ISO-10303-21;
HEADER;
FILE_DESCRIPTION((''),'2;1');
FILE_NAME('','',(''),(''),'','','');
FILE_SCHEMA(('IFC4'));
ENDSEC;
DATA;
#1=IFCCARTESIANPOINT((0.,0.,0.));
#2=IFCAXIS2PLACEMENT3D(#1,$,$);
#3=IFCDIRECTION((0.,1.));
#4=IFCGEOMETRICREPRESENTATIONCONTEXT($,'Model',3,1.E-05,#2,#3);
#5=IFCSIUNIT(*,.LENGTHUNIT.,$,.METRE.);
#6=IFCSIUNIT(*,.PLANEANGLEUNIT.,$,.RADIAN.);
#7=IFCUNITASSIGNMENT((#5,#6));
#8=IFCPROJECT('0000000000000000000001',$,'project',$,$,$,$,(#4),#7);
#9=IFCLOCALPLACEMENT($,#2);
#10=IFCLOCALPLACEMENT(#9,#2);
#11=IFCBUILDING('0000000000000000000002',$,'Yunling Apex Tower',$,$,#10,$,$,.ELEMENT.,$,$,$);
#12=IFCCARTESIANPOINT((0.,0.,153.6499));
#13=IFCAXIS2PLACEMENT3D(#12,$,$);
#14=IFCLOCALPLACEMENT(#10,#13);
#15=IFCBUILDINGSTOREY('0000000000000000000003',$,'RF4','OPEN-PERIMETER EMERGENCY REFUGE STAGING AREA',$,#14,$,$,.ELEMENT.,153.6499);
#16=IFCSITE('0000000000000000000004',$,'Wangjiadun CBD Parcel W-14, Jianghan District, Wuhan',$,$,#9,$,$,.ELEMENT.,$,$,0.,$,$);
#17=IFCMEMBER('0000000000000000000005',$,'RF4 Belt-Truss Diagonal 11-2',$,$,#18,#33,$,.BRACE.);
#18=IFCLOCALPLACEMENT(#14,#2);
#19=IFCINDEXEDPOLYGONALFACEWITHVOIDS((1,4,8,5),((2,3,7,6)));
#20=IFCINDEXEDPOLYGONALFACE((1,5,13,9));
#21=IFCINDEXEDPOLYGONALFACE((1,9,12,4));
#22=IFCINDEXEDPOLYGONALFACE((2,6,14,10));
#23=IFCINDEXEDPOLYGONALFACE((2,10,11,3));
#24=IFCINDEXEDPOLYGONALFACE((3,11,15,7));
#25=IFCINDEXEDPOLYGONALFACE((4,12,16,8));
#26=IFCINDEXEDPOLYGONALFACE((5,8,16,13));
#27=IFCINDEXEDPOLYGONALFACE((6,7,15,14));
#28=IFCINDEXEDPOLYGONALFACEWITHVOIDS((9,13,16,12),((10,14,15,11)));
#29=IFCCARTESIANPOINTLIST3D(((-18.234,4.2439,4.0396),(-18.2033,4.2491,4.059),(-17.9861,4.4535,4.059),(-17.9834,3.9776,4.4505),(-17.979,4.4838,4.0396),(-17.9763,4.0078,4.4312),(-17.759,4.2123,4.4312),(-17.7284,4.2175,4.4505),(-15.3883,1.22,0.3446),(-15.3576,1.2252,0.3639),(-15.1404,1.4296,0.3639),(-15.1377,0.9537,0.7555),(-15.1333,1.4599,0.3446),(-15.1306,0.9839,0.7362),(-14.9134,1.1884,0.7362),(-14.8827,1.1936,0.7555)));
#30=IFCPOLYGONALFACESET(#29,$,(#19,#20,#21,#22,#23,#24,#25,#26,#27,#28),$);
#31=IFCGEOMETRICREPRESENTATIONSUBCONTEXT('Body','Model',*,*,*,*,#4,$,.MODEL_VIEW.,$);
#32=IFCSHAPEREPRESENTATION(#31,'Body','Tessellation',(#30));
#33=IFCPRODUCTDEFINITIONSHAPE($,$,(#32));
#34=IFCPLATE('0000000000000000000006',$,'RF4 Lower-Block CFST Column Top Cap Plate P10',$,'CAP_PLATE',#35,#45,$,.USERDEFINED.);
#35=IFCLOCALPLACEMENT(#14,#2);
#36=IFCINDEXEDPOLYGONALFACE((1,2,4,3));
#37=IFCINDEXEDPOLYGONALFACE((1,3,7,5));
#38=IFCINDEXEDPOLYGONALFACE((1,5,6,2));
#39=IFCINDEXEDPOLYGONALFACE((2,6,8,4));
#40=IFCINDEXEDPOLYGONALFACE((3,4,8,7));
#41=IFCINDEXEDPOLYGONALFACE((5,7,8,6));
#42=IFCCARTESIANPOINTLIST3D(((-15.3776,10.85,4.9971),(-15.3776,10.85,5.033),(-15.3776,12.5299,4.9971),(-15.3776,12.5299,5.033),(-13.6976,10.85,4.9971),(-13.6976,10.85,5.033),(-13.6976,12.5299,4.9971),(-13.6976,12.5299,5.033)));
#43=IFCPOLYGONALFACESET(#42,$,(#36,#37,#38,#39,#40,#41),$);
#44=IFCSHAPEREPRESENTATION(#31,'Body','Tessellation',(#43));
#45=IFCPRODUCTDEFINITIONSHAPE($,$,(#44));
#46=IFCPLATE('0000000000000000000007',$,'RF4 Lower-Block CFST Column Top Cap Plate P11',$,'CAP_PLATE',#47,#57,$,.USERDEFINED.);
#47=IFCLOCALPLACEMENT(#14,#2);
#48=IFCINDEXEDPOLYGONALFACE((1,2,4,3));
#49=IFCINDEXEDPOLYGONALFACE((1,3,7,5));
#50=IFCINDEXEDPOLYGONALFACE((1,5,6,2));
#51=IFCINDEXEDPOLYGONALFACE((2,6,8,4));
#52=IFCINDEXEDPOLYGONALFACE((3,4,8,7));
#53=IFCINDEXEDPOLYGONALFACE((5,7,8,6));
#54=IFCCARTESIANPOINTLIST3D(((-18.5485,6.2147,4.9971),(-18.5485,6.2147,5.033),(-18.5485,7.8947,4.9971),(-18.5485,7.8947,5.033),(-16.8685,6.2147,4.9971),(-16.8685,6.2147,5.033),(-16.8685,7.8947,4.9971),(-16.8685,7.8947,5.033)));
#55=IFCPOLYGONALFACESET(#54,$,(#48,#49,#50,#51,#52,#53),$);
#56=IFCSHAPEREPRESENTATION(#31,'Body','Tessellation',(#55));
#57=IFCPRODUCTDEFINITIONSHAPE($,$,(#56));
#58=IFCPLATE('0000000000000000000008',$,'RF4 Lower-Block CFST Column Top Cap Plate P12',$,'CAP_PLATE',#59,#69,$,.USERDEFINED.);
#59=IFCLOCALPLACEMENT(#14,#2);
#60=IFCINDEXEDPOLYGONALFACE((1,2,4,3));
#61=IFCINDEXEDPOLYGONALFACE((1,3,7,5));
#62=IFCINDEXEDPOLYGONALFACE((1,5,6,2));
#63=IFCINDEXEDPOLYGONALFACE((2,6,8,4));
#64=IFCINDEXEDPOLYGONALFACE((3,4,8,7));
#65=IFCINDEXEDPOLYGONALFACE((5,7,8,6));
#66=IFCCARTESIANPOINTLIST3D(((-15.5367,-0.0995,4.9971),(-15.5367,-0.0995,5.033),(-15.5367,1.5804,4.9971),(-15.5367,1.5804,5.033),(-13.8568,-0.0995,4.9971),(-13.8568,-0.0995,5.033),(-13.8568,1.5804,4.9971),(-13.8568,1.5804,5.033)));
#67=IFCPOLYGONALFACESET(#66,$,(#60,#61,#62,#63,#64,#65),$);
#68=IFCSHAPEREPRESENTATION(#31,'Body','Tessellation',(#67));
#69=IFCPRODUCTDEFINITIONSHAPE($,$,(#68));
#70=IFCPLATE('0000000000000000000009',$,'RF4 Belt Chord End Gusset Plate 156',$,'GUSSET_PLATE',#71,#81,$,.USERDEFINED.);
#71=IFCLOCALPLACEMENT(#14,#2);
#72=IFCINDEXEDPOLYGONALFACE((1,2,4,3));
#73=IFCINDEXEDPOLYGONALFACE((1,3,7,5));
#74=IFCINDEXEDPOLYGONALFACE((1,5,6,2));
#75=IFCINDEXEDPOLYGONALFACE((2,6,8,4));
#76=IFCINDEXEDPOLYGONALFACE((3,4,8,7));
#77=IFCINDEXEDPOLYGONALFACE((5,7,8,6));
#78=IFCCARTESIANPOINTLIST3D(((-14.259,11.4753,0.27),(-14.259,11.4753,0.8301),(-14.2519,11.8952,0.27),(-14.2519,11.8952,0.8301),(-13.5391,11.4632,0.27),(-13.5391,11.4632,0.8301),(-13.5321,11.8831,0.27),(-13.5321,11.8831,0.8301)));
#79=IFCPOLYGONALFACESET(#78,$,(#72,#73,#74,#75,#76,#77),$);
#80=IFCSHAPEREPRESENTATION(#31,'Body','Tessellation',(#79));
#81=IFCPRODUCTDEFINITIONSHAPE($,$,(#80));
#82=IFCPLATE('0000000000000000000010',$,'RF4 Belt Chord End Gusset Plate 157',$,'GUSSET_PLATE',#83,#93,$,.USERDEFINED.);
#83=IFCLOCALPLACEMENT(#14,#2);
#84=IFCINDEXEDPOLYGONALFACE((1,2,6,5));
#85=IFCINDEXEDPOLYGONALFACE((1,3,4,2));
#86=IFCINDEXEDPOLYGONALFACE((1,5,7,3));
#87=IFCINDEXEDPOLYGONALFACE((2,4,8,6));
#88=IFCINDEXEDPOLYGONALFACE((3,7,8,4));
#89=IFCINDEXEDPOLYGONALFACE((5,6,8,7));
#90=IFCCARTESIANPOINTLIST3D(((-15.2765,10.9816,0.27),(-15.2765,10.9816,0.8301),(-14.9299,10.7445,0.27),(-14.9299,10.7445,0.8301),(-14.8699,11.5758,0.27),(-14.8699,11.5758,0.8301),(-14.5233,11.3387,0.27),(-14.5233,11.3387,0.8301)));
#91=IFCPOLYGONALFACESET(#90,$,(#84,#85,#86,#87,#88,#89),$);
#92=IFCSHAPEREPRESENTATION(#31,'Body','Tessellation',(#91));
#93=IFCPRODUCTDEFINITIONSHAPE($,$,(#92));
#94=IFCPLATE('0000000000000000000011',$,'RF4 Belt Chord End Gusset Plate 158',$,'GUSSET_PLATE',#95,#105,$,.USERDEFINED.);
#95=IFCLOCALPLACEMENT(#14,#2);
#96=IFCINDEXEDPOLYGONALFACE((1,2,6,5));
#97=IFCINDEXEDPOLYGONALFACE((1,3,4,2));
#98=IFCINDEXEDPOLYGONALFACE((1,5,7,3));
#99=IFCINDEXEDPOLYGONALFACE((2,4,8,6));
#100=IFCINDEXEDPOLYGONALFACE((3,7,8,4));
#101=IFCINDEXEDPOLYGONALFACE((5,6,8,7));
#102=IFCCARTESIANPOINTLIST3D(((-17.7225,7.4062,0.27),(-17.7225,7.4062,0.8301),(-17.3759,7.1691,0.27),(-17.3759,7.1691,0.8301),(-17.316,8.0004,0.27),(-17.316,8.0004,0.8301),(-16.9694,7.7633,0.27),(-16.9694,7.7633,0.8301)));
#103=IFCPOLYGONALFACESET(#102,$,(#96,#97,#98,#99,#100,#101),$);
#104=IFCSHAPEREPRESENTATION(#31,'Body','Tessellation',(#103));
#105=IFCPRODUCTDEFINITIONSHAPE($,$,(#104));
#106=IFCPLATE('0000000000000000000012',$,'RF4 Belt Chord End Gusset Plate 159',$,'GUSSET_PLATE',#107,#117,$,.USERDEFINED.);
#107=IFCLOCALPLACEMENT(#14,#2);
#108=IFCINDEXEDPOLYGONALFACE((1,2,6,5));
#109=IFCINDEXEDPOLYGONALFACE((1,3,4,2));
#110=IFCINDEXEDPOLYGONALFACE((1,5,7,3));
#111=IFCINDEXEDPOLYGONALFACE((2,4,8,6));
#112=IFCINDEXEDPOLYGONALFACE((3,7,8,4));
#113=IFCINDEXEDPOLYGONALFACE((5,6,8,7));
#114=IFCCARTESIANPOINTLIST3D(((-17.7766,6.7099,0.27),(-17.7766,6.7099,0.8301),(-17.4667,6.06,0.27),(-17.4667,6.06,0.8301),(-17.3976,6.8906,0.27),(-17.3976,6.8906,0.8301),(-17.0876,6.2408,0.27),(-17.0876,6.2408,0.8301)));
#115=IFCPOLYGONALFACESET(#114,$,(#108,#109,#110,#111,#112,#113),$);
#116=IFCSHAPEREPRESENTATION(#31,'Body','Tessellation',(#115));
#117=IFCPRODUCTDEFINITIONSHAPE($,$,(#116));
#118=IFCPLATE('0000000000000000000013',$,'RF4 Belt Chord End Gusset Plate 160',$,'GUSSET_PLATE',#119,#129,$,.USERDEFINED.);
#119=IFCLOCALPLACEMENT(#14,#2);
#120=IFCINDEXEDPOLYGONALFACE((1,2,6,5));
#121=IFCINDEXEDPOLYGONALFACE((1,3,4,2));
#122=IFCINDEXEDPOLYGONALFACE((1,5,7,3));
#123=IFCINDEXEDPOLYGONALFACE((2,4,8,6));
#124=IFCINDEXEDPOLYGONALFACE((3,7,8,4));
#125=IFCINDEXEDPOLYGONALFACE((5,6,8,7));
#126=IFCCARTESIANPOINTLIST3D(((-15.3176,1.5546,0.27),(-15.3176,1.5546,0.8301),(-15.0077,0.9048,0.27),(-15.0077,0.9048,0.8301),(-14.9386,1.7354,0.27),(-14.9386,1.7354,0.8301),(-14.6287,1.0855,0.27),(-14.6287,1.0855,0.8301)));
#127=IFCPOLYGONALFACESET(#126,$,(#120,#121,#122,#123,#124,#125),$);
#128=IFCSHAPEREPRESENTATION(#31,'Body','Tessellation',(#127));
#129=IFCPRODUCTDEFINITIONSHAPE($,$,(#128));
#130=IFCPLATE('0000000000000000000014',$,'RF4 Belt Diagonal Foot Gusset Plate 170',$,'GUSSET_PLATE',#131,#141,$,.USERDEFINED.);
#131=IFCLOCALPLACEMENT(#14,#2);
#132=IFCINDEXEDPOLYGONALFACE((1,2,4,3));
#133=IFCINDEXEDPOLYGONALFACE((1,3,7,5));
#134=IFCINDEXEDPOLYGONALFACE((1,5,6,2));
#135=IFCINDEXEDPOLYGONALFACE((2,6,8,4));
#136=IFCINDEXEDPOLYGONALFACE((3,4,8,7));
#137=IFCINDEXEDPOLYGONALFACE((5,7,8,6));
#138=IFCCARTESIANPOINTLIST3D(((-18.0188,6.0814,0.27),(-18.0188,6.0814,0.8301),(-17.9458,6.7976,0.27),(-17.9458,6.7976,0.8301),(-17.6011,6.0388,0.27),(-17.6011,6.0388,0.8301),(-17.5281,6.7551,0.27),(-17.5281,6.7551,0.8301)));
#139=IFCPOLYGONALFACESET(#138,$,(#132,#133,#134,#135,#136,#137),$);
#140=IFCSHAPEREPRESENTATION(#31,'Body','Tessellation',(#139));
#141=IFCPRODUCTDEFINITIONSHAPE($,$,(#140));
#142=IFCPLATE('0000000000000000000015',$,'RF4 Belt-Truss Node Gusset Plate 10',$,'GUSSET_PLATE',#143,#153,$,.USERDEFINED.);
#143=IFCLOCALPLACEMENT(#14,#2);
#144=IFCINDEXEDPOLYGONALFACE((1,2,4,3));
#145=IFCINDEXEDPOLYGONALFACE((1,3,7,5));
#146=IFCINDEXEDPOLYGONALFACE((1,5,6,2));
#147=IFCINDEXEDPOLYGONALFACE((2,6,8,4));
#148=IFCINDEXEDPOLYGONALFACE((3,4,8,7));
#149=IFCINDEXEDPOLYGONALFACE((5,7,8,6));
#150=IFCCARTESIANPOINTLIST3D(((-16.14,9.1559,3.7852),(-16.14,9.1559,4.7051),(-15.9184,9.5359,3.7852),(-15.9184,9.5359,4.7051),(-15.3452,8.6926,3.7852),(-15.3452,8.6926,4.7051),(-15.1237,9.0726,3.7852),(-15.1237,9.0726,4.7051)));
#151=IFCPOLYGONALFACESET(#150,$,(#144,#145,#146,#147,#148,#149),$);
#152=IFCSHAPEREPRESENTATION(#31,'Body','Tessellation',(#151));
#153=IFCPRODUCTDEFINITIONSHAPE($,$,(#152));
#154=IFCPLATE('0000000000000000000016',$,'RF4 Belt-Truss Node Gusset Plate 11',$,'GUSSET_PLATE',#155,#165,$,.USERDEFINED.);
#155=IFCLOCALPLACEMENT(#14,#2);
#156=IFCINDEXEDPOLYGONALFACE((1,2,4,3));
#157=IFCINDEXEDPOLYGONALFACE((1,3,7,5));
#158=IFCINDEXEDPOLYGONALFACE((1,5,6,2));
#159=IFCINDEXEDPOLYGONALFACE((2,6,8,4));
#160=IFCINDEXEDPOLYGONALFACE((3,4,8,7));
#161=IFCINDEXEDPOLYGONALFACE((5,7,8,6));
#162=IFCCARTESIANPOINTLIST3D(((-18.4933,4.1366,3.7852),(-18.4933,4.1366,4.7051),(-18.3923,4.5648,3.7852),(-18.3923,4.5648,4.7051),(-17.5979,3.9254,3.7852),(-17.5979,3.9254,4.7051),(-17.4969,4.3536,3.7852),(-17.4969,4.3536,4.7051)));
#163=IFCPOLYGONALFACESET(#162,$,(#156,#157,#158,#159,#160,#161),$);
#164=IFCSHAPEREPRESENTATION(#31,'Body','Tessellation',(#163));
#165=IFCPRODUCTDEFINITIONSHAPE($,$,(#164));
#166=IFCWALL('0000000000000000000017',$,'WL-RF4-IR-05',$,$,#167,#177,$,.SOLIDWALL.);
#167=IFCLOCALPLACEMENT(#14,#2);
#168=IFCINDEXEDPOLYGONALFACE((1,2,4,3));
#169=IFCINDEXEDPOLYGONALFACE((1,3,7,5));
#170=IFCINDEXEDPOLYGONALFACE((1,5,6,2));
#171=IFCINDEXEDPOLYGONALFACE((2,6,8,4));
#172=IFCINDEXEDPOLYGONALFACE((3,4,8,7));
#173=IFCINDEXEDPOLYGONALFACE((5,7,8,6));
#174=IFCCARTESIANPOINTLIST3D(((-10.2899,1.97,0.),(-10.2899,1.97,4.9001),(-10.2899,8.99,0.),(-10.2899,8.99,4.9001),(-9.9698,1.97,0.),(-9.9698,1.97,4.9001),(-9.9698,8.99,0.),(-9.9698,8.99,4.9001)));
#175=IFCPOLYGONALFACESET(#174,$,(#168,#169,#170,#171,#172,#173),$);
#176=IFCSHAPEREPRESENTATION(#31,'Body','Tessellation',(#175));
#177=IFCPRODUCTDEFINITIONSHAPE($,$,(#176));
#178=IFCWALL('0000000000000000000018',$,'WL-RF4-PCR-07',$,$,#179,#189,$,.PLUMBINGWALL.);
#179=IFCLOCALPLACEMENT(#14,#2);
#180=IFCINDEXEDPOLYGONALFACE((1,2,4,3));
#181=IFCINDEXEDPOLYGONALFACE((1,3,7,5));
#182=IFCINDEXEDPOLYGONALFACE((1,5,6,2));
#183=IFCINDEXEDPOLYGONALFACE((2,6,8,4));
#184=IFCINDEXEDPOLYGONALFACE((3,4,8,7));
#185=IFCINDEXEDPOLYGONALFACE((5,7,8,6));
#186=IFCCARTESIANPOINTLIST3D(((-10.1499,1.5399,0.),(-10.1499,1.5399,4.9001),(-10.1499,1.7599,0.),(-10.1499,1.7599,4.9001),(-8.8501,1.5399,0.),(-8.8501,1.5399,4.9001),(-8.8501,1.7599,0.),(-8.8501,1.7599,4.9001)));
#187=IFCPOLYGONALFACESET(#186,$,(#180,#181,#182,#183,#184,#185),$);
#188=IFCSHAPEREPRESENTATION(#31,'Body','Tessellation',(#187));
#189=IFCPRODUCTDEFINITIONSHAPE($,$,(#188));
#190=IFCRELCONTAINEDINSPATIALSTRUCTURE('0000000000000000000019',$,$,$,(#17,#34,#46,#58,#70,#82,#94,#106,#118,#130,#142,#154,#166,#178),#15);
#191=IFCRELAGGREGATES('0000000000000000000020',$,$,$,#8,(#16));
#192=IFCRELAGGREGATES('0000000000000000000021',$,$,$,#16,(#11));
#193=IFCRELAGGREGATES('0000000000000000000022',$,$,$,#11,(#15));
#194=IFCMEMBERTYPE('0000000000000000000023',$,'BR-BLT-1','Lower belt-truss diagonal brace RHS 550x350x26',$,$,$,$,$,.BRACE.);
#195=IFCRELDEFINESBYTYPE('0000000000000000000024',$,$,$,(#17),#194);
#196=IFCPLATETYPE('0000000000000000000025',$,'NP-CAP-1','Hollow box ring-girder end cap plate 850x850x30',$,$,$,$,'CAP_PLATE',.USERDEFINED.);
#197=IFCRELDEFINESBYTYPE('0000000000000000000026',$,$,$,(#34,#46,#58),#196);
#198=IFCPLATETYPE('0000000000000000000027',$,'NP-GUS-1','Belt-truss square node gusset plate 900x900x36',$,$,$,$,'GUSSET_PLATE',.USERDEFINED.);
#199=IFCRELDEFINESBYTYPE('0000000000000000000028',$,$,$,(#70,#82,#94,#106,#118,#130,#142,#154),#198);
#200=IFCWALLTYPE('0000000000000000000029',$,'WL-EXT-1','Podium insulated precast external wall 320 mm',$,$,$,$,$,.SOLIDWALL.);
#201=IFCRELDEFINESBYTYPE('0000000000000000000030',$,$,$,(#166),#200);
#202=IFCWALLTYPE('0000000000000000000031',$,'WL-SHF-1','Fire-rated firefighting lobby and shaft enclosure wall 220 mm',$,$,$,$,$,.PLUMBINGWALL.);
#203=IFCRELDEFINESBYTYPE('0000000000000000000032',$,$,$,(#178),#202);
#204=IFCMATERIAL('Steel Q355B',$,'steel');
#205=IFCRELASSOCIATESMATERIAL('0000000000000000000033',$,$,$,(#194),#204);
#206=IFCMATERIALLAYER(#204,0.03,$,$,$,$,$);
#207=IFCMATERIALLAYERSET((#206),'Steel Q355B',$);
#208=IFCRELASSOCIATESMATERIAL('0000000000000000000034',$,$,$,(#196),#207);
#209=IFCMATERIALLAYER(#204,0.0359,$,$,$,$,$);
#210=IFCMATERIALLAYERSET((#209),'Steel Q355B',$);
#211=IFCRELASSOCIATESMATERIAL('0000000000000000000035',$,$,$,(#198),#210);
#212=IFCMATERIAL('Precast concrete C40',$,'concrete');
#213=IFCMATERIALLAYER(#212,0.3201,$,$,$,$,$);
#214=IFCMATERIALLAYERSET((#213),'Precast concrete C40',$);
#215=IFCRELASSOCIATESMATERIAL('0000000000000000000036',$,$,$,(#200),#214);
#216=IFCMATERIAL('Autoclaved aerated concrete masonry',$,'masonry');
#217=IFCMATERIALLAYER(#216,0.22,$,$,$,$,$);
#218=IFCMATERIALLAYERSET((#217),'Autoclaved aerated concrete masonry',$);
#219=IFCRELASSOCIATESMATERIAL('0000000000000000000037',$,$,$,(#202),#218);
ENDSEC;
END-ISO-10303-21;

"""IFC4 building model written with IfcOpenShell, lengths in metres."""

from ifc_helpers import new_model, si_unit, direction, frame, frame_2d, origin, origin_2d, place, context, subcontext, project, spatial, rectangle, hollow_rectangle, extrude, source, transform, mapped, material, layer, layer_set, material_profile, profile_set, type_object, element, save


model = new_model("IFC4")

# Units and contexts
model_context = context("Model", 3, precision=1e-05, world=origin(), true_north=direction((0.0, 1.0)))
body_context = subcontext(model_context, "Body", "Model", "MODEL_VIEW")
ifc_project = project(units=[si_unit("LENGTHUNIT", "METRE"), si_unit("PLANEANGLEUNIT", "RADIAN")], contexts=[model_context])

# Site, building, storey
site_placement = place(None, origin())
site = spatial("IfcSite", under=ifc_project, at=site_placement, Name="Wangjiadun CBD Parcel W-14, Jianghan District, Wuhan", CompositionType="ELEMENT", RefElevation=0.0)
building_placement = place(site_placement, origin())
building = spatial("IfcBuilding", under=site, at=building_placement, Name="Yunling Apex Tower", CompositionType="ELEMENT")
storey_placement = place(building_placement, frame((0.0, 0.0, 153.6499)))
storey = spatial("IfcBuildingStorey", under=building, at=storey_placement, Name="RF4", Description="OPEN-PERIMETER EMERGENCY REFUGE STAGING AREA", CompositionType="ELEMENT", Elevation=153.6499)

# Shared definitions
ifc_material_1 = material(Name="Steel Q355B", Category="steel")
ifc_material_profile_1 = material_profile(ifc_material_1, hollow_rectangle(XDim=0.3501, YDim=0.55, WallThickness=0.0259, at=origin_2d()))
ifc_profile_set_1 = profile_set([ifc_material_profile_1], Name="Steel Q355B")
member_type_1 = type_object("IfcMemberType", Name="BR-BLT-1", Description="Lower belt-truss diagonal brace RHS 550x350x26", PredefinedType="BRACE", material=ifc_profile_set_1)

# Member
shared_shape_1 = source(origin(), body_context, "Body", "SweptSolid", [
    extrude(hollow_rectangle(XDim=0.3501, YDim=0.55, WallThickness=0.0259, at=origin_2d()), origin(), (0.0, 0.0, 1.0), 5.5583),
])
member_1_placement = place(storey_placement, frame((-15.1355, 1.2068, 0.55), z_axis=(-0.511965, 0.544029, 0.664773), x_axis=(-0.728241, -0.685321, 0.0)))
element("IfcMember", 1, at=member_1_placement, inside=storey, type_object=member_type_1, Name="RF4 Belt-Truss Diagonal 11-2", PredefinedType="BRACE", context=body_context, shape_type="MappedRepresentation", body=[
    mapped(shared_shape_1, transform((0.0, 0.0, 0.0), scale=1.0)),
])

# Plates
ifc_layer_1 = layer(ifc_material_1, 0.03)
ifc_layer_set_1 = layer_set([ifc_layer_1], Name="Steel Q355B")
plate_type_1 = type_object("IfcPlateType", Name="NP-CAP-1", Description="Hollow box ring-girder end cap plate 850x850x30", ElementType="CAP_PLATE", PredefinedType="USERDEFINED", material=ifc_layer_set_1)
shared_shape_2 = source(origin(), body_context, "Body", "SweptSolid", [
    extrude(rectangle(XDim=1.6799, YDim=1.6799, at=origin_2d()), origin(), (0.0, 0.0, 1.0), 0.0359),
])
for number, where, z_axis, x_axis, name in (
    (2, (-14.5376, 11.6899, 4.9971), (0.0, 0.0, 1.0), (1.0, 0.0, 0.0), "RF4 Lower-Block CFST Column Top Cap Plate P10"),
    (3, (-17.7085, 7.0547, 4.9971), (0.0, 0.0, 1.0), (1.0, 0.0, 0.0), "RF4 Lower-Block CFST Column Top Cap Plate P11"),
    (4, (-14.6968, 0.7405, 4.9971), (0.0, 0.0, 1.0), (1.0, 0.0, 0.0), "RF4 Lower-Block CFST Column Top Cap Plate P12"),
):
    element("IfcPlate", number, at=place(storey_placement, frame(where, z_axis=z_axis, x_axis=x_axis)), inside=storey, type_object=plate_type_1, Name=name, ObjectType="CAP_PLATE", PredefinedType="USERDEFINED", context=body_context, shape_type="MappedRepresentation", body=[
        mapped(shared_shape_2, transform((0.0, 0.0, 0.0), scale=1.0)),
    ])
ifc_layer_2 = layer(ifc_material_1, 0.0359)
ifc_layer_set_2 = layer_set([ifc_layer_2], Name="Steel Q355B")
plate_type_2 = type_object("IfcPlateType", Name="NP-GUS-1", Description="Belt-truss square node gusset plate 900x900x36", ElementType="GUSSET_PLATE", PredefinedType="USERDEFINED", material=ifc_layer_set_2)
shared_shape_3 = source(origin(), body_context, "Body", "SweptSolid", [
    extrude(rectangle(XDim=0.72, YDim=0.4199, at=origin_2d()), origin(), (0.0, 0.0, 1.0), 0.5601),
])
for number, where, z_axis, x_axis, name in (
    (5, (-13.8955, 11.6792, 0.27), (0.0, 0.0, 1.0), (-0.99986, 0.016754, 0.0), "RF4 Belt Chord End Gusset Plate 156"),
    (6, (-14.8999, 11.1602, 0.27), (0.0, 0.0, 1.0), (-0.564679, -0.825311, 0.0), "RF4 Belt Chord End Gusset Plate 157"),
    (7, (-17.3459, 7.5847, 0.27), (0.0, 0.0, 1.0), (-0.564679, -0.825311, 0.0), "RF4 Belt Chord End Gusset Plate 158"),
    (8, (-17.4321, 6.4753, 0.27), (0.0, 0.0, 1.0), (0.430511, -0.902585, 0.0), "RF4 Belt Chord End Gusset Plate 159"),
    (9, (-14.9731, 1.3201, 0.27), (0.0, 0.0, 1.0), (0.430511, -0.902585, 0.0), "RF4 Belt Chord End Gusset Plate 160"),
    (10, (-17.7734, 6.4182, 0.27), (0.0, 0.0, 1.0), (-0.101404, -0.994845, 0.0), "RF4 Belt Diagonal Foot Gusset Plate 170"),
):
    element("IfcPlate", number, at=place(storey_placement, frame(where, z_axis=z_axis, x_axis=x_axis)), inside=storey, type_object=plate_type_2, Name=name, ObjectType="GUSSET_PLATE", PredefinedType="USERDEFINED", context=body_context, shape_type="MappedRepresentation", body=[
        mapped(shared_shape_3, transform((0.0, 0.0, 0.0), scale=1.0)),
    ])
shared_shape_4 = source(origin(), body_context, "Body", "SweptSolid", [
    extrude(rectangle(XDim=0.9199, YDim=0.4399, at=origin_2d()), origin(), (0.0, 0.0, 1.0), 0.9199),
])
for number, where, z_axis, x_axis, name in (
    (11, (-15.6318, 9.1143, 3.7852), (0.0, 0.0, 1.0), (-0.863923, 0.503623, 0.0), "RF4 Belt-Truss Node Gusset Plate 10"),
    (12, (-17.9951, 4.2451, 3.7852), (0.0, 0.0, 1.0), (-0.973299, 0.22954, 0.0), "RF4 Belt-Truss Node Gusset Plate 11"),
):
    element("IfcPlate", number, at=place(storey_placement, frame(where, z_axis=z_axis, x_axis=x_axis)), inside=storey, type_object=plate_type_2, Name=name, ObjectType="GUSSET_PLATE", PredefinedType="USERDEFINED", context=body_context, shape_type="MappedRepresentation", body=[
        mapped(shared_shape_4, transform((0.0, 0.0, 0.0), scale=1.0)),
    ])

# Walls
ifc_material_2 = material(Name="Precast concrete C40", Category="concrete")
ifc_layer_3 = layer(ifc_material_2, 0.3201)
ifc_layer_set_3 = layer_set([ifc_layer_3], Name="Precast concrete C40")
wall_type_1 = type_object("IfcWallType", Name="WL-EXT-1", Description="Podium insulated precast external wall 320 mm", PredefinedType="SOLIDWALL", material=ifc_layer_set_3)
wall_1_placement = place(storey_placement, frame((-10.1299, 1.97, 0.0), z_axis=(0.0, 0.0, 1.0), x_axis=(0.0, 1.0, 0.0)))
element("IfcWall", 13, at=wall_1_placement, inside=storey, type_object=wall_type_1, Name="WL-RF4-IR-05", PredefinedType="SOLIDWALL", context=body_context, shape_type="SweptSolid", body=[
    extrude(rectangle(XDim=7.02, YDim=0.3201, at=frame_2d((3.51, 0.0))), origin(), (0.0, 0.0, 1.0), 4.9001),
])
ifc_material_3 = material(Name="Autoclaved aerated concrete masonry", Category="masonry")
ifc_layer_4 = layer(ifc_material_3, 0.22)
ifc_layer_set_4 = layer_set([ifc_layer_4], Name="Autoclaved aerated concrete masonry")
wall_type_2 = type_object("IfcWallType", Name="WL-SHF-1", Description="Fire-rated firefighting lobby and shaft enclosure wall 220 mm", PredefinedType="PLUMBINGWALL", material=ifc_layer_set_4)
wall_2_placement = place(storey_placement, frame((-10.1499, 1.6499, 0.0), z_axis=(0.0, 0.0, 1.0), x_axis=(1.0, 0.0, 0.0)))
element("IfcWall", 14, at=wall_2_placement, inside=storey, type_object=wall_type_2, Name="WL-RF4-PCR-07", PredefinedType="PLUMBINGWALL", context=body_context, shape_type="SweptSolid", body=[
    extrude(rectangle(XDim=1.2998, YDim=0.22, at=frame_2d((0.6499, 0.0))), origin(), (0.0, 0.0, 1.0), 4.9001),
])

save(model, "model.ifc")
